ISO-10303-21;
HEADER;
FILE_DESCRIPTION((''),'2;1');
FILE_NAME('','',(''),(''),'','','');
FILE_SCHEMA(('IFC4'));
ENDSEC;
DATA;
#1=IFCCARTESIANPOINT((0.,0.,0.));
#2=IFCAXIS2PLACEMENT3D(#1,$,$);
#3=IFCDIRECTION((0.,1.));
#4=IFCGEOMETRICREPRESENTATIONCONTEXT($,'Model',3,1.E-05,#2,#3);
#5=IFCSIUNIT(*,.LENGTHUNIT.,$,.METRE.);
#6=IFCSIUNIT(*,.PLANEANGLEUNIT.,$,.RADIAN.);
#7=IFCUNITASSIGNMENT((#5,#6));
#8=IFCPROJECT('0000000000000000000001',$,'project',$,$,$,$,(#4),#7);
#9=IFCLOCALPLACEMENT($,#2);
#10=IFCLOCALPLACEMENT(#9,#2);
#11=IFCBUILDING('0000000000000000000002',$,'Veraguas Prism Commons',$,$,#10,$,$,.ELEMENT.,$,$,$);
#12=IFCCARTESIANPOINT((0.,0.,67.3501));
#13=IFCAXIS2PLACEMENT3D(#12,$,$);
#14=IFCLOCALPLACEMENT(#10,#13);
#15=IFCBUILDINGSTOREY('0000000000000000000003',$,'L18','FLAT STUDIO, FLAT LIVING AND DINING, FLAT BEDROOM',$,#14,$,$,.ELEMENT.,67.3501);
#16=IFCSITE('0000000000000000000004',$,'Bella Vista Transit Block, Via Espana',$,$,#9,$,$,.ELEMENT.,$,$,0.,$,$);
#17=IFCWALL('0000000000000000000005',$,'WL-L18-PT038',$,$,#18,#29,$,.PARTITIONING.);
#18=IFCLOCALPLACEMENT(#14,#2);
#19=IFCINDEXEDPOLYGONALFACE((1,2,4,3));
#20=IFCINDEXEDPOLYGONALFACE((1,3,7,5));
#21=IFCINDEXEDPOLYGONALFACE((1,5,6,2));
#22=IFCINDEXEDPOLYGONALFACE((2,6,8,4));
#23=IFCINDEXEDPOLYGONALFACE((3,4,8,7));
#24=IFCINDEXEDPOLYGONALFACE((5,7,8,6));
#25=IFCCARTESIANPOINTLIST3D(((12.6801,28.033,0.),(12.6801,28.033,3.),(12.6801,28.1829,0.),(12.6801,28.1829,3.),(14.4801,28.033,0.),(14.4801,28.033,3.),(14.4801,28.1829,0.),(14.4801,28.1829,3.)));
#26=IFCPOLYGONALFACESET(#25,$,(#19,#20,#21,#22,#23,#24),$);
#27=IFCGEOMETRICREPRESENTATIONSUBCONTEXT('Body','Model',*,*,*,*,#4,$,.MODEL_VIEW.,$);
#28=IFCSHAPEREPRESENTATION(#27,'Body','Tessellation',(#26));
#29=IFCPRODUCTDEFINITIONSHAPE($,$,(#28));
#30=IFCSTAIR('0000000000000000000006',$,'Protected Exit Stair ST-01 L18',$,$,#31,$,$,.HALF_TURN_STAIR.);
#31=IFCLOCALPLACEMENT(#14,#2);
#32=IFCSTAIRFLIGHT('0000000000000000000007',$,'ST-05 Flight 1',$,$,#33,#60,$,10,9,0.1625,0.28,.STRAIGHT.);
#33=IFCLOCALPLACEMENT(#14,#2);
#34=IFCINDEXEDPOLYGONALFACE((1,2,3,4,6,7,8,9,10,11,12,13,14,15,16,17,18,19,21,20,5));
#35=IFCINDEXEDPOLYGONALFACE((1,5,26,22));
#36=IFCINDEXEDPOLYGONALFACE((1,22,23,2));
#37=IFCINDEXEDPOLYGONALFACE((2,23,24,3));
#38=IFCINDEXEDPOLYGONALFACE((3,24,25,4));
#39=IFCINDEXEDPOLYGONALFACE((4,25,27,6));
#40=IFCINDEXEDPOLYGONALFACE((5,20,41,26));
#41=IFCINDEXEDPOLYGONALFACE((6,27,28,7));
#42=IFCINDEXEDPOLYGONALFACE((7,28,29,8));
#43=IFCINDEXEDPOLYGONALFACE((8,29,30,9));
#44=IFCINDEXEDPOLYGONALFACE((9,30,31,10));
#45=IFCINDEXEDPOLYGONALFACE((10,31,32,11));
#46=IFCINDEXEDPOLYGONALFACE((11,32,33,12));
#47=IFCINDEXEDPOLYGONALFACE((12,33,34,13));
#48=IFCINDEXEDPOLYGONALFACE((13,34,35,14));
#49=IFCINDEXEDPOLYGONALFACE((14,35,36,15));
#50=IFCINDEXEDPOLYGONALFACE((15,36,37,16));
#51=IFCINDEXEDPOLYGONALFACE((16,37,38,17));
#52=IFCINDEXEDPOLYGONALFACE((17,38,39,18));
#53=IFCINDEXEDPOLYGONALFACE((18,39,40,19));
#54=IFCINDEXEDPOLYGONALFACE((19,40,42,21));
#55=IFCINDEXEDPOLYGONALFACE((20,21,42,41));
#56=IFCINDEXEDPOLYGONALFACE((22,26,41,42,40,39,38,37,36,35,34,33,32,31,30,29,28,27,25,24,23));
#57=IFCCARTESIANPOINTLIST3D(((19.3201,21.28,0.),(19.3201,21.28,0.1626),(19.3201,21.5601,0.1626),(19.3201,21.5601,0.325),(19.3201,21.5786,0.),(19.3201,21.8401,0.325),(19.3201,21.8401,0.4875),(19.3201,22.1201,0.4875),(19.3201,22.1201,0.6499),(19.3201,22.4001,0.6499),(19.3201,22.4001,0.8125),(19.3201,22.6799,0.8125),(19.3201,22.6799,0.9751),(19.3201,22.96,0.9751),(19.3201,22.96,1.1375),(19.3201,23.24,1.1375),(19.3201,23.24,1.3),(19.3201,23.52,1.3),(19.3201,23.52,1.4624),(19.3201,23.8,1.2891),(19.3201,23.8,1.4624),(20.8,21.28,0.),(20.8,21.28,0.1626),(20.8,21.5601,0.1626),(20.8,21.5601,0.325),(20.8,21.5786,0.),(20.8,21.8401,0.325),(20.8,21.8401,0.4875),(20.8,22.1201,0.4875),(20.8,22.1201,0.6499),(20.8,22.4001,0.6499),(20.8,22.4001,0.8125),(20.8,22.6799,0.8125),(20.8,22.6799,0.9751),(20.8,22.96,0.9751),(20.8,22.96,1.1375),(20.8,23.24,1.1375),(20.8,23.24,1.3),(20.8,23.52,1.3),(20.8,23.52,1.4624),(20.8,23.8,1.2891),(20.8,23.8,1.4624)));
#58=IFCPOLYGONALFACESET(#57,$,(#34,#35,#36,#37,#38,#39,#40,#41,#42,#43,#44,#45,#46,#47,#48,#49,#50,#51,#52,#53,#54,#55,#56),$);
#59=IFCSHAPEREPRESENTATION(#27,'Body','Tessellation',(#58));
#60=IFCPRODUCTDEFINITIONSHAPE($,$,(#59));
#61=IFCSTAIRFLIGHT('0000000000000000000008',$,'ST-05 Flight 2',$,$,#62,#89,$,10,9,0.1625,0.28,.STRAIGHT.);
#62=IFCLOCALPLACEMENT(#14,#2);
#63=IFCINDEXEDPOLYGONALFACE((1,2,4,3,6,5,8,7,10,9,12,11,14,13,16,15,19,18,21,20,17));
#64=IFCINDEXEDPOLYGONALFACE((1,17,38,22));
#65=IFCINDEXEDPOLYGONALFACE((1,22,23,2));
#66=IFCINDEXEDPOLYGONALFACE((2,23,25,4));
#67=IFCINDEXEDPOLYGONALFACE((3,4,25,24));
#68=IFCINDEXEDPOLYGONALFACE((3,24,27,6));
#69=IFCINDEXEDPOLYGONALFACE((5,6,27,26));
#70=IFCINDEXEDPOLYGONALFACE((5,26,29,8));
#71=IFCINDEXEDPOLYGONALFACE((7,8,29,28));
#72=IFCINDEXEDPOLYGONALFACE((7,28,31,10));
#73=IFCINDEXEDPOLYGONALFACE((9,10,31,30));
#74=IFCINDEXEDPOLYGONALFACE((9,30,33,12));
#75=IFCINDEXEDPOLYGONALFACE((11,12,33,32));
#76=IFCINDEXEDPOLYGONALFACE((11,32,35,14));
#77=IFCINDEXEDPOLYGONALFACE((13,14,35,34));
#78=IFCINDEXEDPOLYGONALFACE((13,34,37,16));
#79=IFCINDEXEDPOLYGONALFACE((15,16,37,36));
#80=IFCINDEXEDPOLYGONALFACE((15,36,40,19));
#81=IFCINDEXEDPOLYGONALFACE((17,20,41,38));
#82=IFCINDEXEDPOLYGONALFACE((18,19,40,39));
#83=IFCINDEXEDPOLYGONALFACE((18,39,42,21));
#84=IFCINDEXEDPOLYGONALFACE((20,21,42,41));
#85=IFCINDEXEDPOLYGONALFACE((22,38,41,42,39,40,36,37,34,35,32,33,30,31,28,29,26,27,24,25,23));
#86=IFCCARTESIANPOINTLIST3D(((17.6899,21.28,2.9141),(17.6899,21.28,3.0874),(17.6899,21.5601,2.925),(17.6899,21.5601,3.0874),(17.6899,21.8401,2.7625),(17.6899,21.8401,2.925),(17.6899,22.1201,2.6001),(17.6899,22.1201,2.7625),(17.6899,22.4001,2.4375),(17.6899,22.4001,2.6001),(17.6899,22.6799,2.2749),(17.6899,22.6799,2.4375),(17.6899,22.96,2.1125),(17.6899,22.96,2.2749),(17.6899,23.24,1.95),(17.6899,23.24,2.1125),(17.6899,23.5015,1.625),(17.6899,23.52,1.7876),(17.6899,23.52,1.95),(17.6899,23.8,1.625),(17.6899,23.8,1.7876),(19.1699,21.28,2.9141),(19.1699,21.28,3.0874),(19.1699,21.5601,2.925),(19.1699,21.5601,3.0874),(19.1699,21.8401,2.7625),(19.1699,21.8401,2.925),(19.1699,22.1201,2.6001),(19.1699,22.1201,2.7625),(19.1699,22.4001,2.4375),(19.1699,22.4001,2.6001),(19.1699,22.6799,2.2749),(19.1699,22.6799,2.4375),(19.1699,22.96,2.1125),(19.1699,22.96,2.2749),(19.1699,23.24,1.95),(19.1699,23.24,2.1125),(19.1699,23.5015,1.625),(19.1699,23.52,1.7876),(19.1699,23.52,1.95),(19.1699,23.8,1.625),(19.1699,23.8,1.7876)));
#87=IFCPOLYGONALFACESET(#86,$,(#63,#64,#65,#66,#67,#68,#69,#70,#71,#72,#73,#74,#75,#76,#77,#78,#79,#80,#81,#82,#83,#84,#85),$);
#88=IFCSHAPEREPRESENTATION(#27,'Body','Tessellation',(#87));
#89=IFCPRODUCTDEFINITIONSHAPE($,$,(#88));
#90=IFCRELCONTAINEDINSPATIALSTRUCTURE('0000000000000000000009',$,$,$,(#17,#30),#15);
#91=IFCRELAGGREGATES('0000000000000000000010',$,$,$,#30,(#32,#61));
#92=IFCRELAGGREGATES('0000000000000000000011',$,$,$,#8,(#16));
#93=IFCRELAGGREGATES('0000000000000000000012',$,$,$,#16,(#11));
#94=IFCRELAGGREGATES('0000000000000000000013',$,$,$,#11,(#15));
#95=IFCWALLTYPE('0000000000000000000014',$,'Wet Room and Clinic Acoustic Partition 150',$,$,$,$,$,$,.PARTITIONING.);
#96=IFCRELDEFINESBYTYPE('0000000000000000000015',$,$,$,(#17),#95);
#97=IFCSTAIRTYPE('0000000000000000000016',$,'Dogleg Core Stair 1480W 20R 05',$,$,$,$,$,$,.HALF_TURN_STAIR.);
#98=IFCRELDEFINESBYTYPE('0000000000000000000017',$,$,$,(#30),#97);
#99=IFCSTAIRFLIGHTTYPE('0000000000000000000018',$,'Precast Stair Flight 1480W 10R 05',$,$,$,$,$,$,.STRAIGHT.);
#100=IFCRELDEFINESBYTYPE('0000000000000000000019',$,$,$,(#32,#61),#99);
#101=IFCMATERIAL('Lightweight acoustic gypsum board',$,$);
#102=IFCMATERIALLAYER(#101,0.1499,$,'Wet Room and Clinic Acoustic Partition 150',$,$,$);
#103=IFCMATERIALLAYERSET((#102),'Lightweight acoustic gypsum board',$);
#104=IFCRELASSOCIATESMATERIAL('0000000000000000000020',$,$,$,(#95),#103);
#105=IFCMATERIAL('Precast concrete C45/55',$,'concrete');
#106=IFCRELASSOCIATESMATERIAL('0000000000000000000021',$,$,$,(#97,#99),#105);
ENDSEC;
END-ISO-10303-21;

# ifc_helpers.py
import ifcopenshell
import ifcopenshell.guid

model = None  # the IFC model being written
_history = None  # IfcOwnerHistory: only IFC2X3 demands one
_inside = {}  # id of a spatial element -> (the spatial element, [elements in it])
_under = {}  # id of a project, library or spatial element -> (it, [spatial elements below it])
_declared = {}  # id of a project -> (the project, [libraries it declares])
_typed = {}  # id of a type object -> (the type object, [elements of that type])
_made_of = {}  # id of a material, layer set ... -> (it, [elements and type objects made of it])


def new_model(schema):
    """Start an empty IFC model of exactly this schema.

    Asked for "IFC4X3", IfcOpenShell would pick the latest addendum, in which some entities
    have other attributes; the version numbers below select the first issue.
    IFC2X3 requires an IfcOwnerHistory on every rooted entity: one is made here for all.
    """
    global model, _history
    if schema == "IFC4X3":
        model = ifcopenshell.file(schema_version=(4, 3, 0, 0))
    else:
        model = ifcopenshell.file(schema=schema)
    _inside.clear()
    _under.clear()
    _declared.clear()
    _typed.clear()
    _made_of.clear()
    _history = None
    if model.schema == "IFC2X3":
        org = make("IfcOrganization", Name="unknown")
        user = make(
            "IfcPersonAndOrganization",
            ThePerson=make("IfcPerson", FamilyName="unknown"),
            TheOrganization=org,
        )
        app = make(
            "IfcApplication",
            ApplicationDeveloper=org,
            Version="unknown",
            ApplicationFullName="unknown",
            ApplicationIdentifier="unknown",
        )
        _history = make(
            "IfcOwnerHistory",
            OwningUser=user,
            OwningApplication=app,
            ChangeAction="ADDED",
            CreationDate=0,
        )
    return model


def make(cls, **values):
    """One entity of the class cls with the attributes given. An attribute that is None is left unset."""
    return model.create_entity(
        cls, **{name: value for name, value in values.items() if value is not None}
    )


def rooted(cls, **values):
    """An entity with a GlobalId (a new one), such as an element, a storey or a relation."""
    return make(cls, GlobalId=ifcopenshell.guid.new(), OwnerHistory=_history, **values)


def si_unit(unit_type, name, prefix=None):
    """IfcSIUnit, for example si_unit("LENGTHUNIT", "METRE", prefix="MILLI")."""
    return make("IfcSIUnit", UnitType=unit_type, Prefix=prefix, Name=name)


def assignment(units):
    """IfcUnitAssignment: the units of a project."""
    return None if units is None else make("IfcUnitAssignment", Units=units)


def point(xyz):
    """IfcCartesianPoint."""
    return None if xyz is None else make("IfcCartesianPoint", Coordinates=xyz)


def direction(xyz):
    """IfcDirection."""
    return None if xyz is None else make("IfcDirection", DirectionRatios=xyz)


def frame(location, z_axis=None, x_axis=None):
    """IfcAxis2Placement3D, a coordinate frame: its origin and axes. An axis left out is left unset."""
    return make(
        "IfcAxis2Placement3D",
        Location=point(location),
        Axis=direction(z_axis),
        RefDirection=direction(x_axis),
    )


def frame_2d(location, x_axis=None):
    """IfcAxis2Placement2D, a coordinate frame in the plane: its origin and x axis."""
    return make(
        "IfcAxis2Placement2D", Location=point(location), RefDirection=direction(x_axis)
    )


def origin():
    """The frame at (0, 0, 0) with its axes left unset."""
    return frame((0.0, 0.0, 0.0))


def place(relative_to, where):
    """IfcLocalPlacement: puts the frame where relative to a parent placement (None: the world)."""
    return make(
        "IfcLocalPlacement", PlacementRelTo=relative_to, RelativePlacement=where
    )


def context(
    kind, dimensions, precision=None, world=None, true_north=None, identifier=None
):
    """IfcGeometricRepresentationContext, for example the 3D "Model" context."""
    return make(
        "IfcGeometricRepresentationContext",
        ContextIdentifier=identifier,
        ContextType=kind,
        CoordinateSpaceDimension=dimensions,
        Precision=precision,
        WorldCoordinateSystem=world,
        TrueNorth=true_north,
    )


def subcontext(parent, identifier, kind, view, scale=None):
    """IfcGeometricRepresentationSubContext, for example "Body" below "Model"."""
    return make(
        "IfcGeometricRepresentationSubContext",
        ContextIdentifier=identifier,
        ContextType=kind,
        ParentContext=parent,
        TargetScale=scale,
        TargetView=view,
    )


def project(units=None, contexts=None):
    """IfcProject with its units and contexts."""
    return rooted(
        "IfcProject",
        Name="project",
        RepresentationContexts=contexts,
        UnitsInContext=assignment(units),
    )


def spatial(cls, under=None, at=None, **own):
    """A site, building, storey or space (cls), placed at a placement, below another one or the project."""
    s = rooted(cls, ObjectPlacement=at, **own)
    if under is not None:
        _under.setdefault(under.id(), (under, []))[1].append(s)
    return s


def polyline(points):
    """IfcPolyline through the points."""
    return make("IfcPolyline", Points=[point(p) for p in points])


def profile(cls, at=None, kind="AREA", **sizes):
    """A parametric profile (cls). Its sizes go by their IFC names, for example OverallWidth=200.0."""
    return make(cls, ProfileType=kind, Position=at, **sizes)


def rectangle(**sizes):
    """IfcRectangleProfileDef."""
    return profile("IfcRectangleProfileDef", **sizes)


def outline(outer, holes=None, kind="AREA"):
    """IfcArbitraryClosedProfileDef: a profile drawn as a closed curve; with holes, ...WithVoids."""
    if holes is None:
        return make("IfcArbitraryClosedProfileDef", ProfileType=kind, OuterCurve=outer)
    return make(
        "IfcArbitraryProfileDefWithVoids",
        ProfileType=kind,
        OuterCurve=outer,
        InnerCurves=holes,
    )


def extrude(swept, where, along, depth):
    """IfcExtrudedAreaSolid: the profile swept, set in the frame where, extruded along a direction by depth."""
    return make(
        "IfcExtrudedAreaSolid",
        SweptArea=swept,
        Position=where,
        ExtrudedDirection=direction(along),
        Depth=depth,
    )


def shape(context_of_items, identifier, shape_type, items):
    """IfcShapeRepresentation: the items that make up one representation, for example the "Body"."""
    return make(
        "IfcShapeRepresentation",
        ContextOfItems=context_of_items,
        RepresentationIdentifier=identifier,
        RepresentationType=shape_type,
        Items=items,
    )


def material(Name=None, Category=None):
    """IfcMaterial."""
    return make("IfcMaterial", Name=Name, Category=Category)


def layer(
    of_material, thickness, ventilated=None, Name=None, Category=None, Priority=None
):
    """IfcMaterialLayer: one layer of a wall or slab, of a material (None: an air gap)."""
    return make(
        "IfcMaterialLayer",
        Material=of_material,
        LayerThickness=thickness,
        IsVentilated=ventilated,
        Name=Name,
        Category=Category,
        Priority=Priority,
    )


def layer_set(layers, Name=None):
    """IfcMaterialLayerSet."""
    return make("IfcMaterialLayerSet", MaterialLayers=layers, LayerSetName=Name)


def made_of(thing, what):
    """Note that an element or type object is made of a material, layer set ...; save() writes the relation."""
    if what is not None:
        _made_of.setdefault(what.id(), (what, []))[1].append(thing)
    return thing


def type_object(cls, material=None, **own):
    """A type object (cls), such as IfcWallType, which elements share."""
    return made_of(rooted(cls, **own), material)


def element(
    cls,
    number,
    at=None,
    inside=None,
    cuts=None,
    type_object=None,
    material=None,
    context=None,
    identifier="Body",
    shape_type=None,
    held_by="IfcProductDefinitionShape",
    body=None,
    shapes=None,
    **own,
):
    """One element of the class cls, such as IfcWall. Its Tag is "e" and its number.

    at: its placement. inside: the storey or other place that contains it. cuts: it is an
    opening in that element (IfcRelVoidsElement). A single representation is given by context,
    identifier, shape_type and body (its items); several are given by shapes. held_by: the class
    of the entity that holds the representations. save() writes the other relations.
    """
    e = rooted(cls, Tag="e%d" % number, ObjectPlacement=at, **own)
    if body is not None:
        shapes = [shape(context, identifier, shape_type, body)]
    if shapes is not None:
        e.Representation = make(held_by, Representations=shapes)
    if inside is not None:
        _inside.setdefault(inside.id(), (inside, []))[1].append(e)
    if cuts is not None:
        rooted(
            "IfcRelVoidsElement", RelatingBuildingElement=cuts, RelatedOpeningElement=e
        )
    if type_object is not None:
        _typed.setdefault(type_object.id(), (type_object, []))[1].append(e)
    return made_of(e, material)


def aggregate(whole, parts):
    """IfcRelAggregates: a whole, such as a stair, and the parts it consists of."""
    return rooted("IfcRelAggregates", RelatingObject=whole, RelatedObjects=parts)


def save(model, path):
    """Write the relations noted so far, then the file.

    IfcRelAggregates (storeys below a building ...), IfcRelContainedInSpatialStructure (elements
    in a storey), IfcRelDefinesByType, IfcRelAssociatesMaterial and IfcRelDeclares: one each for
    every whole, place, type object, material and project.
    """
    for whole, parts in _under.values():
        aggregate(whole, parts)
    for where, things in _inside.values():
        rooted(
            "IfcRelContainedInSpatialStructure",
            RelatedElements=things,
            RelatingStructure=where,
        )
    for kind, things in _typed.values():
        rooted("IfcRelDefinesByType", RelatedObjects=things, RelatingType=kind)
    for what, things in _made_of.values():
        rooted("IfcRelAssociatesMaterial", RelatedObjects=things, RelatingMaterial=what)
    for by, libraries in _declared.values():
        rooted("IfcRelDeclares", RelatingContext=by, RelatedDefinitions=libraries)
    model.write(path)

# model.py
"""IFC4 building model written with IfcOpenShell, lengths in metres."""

from ifc_helpers import new_model, si_unit, direction, frame, frame_2d, origin, place, context, subcontext, project, spatial, polyline, rectangle, outline, extrude, material, layer, layer_set, type_object, element, aggregate, save


model = new_model("IFC4")

# Units and contexts
model_context = context("Model", 3, precision=1e-05, world=origin(), true_north=direction((0.0, 1.0)))
body_context = subcontext(model_context, "Body", "Model", "MODEL_VIEW")
ifc_project = project(units=[si_unit("LENGTHUNIT", "METRE"), si_unit("PLANEANGLEUNIT", "RADIAN")], contexts=[model_context])

# Site, building, storey
site_placement = place(None, origin())
site = spatial("IfcSite", under=ifc_project, at=site_placement, Name="Bella Vista Transit Block, Via Espana", CompositionType="ELEMENT", RefElevation=0.0)
building_placement = place(site_placement, origin())
building = spatial("IfcBuilding", under=site, at=building_placement, Name="Veraguas Prism Commons", CompositionType="ELEMENT")
storey_placement = place(building_placement, frame((0.0, 0.0, 67.3501)))
storey = spatial("IfcBuildingStorey", under=building, at=storey_placement, Name="L18", Description="FLAT STUDIO, FLAT LIVING AND DINING, FLAT BEDROOM", CompositionType="ELEMENT", Elevation=67.3501)

# Shared definitions
ifc_material_1 = material(Name="Lightweight acoustic gypsum board")

# Wall
ifc_layer_1 = layer(ifc_material_1, 0.1499, Name="Wet Room and Clinic Acoustic Partition 150")
ifc_layer_set_1 = layer_set([ifc_layer_1], Name="Lightweight acoustic gypsum board")
wall_type_1 = type_object("IfcWallType", Name="Wet Room and Clinic Acoustic Partition 150", PredefinedType="PARTITIONING", material=ifc_layer_set_1)
wall_1_placement = place(storey_placement, frame((14.48, 28.1079, 0.0), z_axis=(0.0, 0.0, 1.0), x_axis=(-1.0, 0.0, 0.0)))
element("IfcWall", 1, at=wall_1_placement, inside=storey, type_object=wall_type_1, Name="WL-L18-PT038", PredefinedType="PARTITIONING", context=body_context, shape_type="SweptSolid", body=[
    extrude(rectangle(XDim=1.8, YDim=0.1499, at=frame_2d((0.8999, 0.0))), origin(), (0.0, 0.0, 1.0), 3.0),
])

# Stair, stair flights
ifc_material_2 = material(Name="Precast concrete C45/55", Category="concrete")
stair_type = type_object("IfcStairType", Name="Dogleg Core Stair 1480W 20R 05", PredefinedType="HALF_TURN_STAIR", material=ifc_material_2)
stair_placement = place(storey_placement, origin())
stair = element("IfcStair", 2, at=stair_placement, inside=storey, type_object=stair_type, Name="Protected Exit Stair ST-01 L18", PredefinedType="HALF_TURN_STAIR")
stair_flight_type = type_object("IfcStairFlightType", Name="Precast Stair Flight 1480W 10R 05", PredefinedType="STRAIGHT", material=ifc_material_2)
stair_flight_1_placement = place(storey_placement, frame((20.0601, 21.28, 0.0), z_axis=(0.0, 0.0, 1.0), x_axis=(0.0, 1.0, 0.0)))
stair_flight_1 = element("IfcStairFlight", 3, at=stair_flight_1_placement, type_object=stair_flight_type, Name="ST-05 Flight 1", NumberOfRisers=10, NumberOfTreads=9, PredefinedType="STRAIGHT", RiserHeight=0.1625, TreadLength=0.28, context=body_context, shape_type="SweptSolid", body=[
    extrude(outline(polyline([(0.0, 0.0), (0.0, 0.1626), (0.28, 0.1626), (0.28, 0.325), (0.5601, 0.325), (0.5601, 0.4875), (0.8401, 0.4875), (0.8401, 0.6499), (1.1201, 0.6499), (1.1201, 0.8125), (1.3999, 0.8125), (1.3999, 0.9751), (1.6799, 0.9751), (1.6799, 1.1375), (1.96, 1.1375), (1.96, 1.3), (2.24, 1.3), (2.24, 1.4624), (2.52, 1.4624), (2.52, 1.625), (2.52, 1.2891), (0.2986, 0.0), (0.0, 0.0)])), frame((0.0, 0.74, 0.0), z_axis=(0.0, -1.0, 0.0), x_axis=(1.0, 0.0, 0.0)), (0.0, 0.0, 1.0), 1.48),
])
stair_flight_2_placement = place(storey_placement, frame((18.4299, 23.8, 1.625), z_axis=(0.0, 0.0, 1.0), x_axis=(0.0, -1.0, 0.0)))
stair_flight_2 = element("IfcStairFlight", 4, at=stair_flight_2_placement, type_object=stair_flight_type, Name="ST-05 Flight 2", NumberOfRisers=10, NumberOfTreads=9, PredefinedType="STRAIGHT", RiserHeight=0.1625, TreadLength=0.28, context=body_context, shape_type="SweptSolid", body=[
    extrude(outline(polyline([(0.0, 0.0), (0.0, 0.1626), (0.28, 0.1626), (0.28, 0.325), (0.5601, 0.325), (0.5601, 0.4875), (0.8401, 0.4875), (0.8401, 0.6499), (1.1201, 0.6499), (1.1201, 0.8125), (1.3999, 0.8125), (1.3999, 0.9751), (1.6799, 0.9751), (1.6799, 1.1375), (1.96, 1.1375), (1.96, 1.3), (2.24, 1.3), (2.24, 1.4624), (2.52, 1.4624), (2.52, 1.625), (2.52, 1.2891), (0.2986, 0.0), (0.0, 0.0)])), frame((0.0, 0.74, 0.0), z_axis=(0.0, -1.0, 0.0), x_axis=(1.0, 0.0, 0.0)), (0.0, 0.0, 1.0), 1.48),
])
aggregate(stair, [stair_flight_1, stair_flight_2])

save(model, "model.ifc")
